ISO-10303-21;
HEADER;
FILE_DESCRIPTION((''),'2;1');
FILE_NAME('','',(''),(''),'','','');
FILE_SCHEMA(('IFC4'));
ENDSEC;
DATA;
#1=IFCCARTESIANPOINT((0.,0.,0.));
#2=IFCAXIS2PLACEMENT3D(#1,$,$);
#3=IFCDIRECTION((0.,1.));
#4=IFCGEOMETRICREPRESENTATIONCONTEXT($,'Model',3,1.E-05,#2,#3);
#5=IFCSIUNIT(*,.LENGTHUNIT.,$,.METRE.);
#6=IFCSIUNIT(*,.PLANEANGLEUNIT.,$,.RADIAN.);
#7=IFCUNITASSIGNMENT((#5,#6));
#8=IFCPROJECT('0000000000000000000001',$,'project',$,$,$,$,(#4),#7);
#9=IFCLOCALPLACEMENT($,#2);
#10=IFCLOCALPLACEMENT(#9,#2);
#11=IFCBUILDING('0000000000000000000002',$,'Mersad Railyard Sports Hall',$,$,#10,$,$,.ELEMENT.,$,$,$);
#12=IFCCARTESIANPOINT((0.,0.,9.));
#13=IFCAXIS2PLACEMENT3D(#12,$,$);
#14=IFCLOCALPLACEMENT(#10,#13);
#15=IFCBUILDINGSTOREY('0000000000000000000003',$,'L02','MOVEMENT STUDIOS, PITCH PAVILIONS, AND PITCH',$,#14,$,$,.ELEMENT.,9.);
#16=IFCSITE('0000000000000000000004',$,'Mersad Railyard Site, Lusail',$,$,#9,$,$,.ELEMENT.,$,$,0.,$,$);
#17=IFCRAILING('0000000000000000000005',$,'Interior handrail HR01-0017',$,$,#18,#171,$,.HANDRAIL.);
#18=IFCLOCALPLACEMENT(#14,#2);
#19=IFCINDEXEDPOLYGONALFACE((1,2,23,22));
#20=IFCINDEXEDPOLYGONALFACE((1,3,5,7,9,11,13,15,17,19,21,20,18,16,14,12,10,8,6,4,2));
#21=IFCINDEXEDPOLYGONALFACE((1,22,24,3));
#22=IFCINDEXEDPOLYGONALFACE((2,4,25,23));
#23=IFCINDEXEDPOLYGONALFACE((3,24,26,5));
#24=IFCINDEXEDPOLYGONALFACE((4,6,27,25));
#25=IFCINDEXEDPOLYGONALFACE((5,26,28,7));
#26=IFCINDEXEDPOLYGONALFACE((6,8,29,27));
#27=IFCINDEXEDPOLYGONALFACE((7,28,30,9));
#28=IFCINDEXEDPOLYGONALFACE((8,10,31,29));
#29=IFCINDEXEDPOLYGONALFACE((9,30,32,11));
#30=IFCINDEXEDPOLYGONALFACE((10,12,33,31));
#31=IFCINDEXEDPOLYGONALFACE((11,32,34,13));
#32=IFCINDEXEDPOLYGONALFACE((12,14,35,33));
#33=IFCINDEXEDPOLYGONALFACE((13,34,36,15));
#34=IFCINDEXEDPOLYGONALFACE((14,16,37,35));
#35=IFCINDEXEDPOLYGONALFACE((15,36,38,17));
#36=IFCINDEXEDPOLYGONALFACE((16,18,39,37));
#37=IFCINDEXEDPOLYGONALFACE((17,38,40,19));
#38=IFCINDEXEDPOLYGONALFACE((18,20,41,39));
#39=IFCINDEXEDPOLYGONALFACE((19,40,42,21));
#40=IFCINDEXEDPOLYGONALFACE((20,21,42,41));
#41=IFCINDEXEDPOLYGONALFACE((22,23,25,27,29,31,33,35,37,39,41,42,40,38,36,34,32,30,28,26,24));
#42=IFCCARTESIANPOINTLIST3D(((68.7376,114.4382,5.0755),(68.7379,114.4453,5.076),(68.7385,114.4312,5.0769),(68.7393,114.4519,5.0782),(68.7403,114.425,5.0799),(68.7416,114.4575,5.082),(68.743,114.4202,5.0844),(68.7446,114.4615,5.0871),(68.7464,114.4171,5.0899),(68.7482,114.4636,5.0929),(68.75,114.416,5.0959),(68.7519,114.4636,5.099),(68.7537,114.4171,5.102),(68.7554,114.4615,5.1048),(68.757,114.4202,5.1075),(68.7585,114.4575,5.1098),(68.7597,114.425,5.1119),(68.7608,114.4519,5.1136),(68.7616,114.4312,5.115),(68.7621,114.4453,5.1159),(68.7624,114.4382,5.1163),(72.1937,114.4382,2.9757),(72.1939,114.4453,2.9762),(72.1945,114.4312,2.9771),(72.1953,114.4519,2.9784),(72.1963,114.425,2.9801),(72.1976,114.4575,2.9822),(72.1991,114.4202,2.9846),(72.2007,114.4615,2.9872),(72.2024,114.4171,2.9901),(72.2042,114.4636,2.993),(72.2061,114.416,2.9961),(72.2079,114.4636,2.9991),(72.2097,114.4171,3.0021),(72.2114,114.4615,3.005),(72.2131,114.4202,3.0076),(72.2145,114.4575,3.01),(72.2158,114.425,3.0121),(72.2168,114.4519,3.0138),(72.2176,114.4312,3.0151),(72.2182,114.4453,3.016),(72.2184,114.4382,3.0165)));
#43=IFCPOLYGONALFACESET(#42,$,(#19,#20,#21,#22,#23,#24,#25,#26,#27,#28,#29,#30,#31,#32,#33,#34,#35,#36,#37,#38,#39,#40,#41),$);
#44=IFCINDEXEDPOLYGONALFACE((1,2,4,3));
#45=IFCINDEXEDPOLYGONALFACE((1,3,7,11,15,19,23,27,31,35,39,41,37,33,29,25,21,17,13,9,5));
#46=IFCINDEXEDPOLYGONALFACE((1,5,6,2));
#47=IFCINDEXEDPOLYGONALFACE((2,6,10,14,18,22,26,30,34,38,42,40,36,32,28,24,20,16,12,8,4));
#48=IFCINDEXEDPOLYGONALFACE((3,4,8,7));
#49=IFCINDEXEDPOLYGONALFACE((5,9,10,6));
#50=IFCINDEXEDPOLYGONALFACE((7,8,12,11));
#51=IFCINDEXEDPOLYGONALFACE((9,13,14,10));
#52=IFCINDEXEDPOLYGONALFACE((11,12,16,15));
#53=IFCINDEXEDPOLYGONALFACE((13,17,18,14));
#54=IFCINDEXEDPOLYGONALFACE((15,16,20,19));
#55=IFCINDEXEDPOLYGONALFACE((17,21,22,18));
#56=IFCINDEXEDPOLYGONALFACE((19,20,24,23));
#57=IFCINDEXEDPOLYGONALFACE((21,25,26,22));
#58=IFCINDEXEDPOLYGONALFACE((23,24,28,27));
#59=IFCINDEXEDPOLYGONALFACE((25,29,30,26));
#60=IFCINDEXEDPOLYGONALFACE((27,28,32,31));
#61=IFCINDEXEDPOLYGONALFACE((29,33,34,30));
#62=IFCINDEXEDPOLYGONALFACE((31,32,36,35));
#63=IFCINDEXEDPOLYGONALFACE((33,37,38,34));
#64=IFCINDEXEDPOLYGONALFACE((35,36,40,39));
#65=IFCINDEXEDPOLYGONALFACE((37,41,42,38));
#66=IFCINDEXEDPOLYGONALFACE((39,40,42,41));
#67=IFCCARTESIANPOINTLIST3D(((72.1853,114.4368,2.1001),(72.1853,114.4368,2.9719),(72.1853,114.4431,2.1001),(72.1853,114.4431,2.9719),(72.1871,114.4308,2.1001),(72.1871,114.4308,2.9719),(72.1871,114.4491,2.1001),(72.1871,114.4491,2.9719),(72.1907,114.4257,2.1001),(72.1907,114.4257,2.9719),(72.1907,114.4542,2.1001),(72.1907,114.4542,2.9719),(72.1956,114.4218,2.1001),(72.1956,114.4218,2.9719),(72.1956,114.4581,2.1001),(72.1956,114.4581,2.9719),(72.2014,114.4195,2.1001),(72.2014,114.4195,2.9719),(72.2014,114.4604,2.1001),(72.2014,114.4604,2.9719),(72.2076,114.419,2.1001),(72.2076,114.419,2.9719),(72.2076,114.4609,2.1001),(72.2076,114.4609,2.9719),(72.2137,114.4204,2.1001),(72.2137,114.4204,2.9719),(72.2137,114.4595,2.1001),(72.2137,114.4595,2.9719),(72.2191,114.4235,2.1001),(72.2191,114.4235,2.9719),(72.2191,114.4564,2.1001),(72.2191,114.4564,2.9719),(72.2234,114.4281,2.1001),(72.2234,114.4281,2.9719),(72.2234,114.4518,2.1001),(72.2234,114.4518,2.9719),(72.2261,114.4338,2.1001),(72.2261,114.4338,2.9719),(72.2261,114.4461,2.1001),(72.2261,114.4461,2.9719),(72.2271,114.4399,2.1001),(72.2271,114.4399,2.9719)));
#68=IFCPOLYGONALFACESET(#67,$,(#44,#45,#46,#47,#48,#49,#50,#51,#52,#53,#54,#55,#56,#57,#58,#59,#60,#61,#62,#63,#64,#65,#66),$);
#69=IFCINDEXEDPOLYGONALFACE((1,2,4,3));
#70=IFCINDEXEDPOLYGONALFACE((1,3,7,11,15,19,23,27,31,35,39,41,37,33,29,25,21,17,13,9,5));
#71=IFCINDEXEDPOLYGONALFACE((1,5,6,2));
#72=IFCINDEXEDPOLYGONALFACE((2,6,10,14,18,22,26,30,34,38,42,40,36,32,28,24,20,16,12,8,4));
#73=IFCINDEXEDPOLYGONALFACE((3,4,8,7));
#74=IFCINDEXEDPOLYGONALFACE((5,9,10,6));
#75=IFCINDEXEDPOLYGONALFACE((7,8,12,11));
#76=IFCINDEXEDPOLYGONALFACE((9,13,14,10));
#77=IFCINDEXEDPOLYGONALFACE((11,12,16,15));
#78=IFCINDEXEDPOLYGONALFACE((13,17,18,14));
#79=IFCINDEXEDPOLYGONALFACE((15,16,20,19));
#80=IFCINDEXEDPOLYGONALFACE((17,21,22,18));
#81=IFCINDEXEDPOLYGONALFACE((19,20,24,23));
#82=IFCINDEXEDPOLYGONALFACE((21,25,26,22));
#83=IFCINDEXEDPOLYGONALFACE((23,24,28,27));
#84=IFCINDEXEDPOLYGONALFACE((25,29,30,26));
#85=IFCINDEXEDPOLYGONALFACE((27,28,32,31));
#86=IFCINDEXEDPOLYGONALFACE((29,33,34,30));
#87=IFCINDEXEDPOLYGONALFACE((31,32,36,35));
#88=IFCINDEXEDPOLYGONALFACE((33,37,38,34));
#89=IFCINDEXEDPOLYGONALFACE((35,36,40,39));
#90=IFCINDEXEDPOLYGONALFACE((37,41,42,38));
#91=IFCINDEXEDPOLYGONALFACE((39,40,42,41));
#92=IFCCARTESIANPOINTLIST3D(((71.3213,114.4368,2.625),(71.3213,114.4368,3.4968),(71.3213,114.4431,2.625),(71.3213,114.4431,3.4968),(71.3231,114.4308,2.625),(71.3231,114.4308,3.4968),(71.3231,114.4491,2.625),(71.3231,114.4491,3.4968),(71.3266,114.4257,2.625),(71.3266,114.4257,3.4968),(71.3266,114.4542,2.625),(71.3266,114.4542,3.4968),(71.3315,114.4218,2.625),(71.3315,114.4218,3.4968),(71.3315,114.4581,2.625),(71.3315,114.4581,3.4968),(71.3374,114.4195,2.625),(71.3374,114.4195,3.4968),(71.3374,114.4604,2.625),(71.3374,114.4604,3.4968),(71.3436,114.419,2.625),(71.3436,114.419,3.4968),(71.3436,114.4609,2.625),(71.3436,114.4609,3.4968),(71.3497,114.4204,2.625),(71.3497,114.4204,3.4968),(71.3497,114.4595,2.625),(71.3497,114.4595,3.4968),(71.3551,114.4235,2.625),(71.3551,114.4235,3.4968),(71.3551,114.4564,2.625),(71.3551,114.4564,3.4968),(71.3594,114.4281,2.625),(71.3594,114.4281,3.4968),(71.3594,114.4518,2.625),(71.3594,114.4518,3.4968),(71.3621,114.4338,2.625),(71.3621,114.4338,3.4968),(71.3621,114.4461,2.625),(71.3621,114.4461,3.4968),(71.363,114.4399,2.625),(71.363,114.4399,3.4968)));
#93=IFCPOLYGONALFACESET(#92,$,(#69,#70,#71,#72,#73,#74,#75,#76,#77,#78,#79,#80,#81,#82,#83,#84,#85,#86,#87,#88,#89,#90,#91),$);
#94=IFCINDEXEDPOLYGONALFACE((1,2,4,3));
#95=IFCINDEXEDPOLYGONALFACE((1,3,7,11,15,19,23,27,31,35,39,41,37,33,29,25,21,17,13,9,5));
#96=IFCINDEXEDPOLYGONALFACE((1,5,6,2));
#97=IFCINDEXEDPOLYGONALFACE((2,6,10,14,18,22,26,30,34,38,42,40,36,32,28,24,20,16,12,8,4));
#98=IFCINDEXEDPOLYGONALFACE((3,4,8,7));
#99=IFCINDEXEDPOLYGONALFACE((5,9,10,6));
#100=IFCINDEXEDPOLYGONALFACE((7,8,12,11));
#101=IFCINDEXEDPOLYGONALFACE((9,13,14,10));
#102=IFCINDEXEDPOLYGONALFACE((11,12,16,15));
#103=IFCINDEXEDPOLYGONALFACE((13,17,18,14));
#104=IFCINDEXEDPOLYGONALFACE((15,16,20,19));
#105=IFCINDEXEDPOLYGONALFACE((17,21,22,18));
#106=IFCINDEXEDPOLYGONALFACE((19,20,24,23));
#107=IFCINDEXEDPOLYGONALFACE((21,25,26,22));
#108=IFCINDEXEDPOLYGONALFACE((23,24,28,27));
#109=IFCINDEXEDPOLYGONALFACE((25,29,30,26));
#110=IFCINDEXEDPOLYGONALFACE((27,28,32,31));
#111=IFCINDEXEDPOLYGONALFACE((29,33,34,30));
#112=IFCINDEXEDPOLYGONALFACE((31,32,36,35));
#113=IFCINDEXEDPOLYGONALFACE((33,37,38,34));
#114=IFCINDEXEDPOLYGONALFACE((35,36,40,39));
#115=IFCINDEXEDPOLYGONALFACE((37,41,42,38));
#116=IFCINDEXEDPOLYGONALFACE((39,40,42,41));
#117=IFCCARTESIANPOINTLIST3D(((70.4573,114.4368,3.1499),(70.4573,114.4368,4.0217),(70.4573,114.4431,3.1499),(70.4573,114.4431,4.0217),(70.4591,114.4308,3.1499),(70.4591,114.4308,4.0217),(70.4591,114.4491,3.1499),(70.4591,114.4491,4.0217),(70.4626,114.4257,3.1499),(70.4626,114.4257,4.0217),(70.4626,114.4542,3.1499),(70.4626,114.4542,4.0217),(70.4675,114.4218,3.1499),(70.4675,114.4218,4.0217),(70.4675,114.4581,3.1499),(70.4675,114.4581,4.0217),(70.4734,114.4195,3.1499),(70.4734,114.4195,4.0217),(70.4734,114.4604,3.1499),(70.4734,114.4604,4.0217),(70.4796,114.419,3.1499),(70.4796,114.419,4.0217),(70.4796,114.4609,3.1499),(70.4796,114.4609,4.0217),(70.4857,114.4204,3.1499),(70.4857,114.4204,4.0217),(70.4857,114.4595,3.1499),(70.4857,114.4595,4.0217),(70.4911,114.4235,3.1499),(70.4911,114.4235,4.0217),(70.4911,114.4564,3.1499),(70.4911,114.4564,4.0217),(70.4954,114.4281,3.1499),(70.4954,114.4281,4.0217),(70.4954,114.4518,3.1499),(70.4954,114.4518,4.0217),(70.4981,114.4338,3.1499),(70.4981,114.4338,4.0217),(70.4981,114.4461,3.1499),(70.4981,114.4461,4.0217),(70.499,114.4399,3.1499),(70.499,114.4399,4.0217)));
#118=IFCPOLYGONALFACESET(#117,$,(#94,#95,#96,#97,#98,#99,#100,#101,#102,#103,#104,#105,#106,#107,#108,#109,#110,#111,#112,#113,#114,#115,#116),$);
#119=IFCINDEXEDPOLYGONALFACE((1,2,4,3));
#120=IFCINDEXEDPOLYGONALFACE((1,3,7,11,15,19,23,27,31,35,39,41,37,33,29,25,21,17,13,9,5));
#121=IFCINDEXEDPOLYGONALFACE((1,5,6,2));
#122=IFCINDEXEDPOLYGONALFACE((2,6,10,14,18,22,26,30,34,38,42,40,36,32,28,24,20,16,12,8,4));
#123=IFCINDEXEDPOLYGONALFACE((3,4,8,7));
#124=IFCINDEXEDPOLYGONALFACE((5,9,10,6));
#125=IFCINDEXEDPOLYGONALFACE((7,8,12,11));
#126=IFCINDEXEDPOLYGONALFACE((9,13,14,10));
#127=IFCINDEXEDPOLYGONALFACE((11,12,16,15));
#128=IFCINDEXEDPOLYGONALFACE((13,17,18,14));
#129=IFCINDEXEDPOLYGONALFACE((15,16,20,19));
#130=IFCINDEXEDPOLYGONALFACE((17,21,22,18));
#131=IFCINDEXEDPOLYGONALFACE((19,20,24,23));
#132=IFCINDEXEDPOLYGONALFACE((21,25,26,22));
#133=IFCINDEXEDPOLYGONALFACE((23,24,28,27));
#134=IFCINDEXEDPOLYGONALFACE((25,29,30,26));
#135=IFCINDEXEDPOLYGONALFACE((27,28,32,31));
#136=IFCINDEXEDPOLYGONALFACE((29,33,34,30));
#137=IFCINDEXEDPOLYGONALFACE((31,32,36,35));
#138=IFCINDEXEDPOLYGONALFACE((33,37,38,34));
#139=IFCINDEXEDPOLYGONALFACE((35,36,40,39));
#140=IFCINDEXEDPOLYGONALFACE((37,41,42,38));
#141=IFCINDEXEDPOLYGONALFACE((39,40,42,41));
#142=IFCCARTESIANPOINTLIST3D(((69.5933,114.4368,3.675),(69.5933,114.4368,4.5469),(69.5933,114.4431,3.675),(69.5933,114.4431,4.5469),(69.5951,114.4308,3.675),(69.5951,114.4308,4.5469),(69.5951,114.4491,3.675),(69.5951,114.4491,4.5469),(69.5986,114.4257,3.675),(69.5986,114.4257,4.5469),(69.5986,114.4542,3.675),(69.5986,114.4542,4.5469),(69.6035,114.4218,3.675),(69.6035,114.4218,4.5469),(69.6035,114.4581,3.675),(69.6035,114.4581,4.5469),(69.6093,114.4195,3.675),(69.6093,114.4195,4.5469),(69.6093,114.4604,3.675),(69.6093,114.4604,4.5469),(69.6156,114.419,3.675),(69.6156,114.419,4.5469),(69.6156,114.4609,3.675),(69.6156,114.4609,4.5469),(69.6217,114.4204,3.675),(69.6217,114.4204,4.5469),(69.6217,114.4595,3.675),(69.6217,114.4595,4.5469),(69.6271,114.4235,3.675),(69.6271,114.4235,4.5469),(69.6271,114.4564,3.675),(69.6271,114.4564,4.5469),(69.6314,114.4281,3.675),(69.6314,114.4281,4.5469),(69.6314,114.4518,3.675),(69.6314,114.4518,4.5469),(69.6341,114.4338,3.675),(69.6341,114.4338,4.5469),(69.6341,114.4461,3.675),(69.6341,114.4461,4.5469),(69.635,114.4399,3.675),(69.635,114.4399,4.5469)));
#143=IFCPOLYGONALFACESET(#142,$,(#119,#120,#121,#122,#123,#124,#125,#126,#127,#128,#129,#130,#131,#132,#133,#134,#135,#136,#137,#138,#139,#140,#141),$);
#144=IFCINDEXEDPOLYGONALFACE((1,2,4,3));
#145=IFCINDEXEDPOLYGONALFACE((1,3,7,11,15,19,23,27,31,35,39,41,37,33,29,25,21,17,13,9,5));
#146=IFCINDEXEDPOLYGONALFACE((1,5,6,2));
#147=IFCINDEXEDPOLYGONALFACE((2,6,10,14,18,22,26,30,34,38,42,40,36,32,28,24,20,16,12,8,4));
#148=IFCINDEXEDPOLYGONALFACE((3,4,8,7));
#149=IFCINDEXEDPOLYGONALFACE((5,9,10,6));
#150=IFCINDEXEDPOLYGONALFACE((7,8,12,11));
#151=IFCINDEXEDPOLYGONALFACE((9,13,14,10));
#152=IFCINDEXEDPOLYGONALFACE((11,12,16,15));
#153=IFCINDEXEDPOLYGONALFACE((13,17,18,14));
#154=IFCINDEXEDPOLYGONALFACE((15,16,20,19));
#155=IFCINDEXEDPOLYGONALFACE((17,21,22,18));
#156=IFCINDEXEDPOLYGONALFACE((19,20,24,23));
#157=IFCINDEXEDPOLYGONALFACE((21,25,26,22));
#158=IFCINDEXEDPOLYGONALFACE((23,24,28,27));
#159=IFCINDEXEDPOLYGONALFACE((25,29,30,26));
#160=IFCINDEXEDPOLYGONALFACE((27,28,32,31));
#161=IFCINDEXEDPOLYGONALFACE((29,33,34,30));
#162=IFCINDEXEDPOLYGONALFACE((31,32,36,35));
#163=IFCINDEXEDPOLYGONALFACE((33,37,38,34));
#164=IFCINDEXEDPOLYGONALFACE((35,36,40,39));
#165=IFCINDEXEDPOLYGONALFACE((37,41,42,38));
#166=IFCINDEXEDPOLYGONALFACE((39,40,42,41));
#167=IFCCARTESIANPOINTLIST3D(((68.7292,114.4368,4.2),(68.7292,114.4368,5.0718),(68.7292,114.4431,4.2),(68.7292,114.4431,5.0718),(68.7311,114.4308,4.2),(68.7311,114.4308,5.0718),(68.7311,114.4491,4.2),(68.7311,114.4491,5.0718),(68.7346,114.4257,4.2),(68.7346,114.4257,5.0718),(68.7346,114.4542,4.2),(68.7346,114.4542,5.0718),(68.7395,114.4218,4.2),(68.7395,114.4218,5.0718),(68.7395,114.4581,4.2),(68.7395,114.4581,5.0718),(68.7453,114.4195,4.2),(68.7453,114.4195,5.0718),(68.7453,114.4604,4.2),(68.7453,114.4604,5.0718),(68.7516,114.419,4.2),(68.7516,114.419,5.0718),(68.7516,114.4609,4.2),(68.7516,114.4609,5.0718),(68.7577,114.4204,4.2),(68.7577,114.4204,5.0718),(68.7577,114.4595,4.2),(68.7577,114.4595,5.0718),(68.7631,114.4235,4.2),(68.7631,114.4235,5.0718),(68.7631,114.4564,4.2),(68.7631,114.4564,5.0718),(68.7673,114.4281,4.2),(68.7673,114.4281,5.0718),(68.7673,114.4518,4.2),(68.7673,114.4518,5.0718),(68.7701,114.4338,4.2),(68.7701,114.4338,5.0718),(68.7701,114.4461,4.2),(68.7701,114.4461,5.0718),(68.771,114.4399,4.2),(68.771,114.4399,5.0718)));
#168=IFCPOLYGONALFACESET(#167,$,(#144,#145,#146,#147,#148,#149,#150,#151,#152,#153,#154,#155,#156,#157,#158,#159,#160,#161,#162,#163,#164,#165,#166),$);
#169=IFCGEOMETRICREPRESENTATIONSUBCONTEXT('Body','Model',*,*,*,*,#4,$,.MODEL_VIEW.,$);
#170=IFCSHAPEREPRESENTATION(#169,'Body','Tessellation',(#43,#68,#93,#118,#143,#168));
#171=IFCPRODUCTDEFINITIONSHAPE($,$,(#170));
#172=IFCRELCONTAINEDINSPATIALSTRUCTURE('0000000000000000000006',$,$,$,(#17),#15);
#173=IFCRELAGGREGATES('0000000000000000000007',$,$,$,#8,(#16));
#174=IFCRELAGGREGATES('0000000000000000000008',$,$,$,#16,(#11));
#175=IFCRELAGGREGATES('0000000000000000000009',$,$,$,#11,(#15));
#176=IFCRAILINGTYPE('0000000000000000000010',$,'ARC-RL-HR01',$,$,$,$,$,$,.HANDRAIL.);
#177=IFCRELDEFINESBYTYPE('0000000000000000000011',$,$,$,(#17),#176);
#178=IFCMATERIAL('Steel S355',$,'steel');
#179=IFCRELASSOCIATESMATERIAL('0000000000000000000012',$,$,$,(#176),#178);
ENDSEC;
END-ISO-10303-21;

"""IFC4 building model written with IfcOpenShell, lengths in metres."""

from ifc_helpers import new_model, si_unit, direction, frame, origin, origin_2d, place, context, subcontext, project, spatial, circle, extrude, material, type_object, element, save


model = new_model("IFC4")

# Units and contexts
model_context = context("Model", 3, precision=1e-05, world=origin(), true_north=direction((0.0, 1.0)))
body_context = subcontext(model_context, "Body", "Model", "MODEL_VIEW")
ifc_project = project(units=[si_unit("LENGTHUNIT", "METRE"), si_unit("PLANEANGLEUNIT", "RADIAN")], contexts=[model_context])

# Site, building, storey
site_placement = place(None, origin())
site = spatial("IfcSite", under=ifc_project, at=site_placement, Name="Mersad Railyard Site, Lusail", CompositionType="ELEMENT", RefElevation=0.0)
building_placement = place(site_placement, origin())
building = spatial("IfcBuilding", under=site, at=building_placement, Name="Mersad Railyard Sports Hall", CompositionType="ELEMENT")
storey_placement = place(building_placement, frame((0.0, 0.0, 9.0)))
storey = spatial("IfcBuildingStorey", under=building, at=storey_placement, Name="L02", Description="MOVEMENT STUDIOS, PITCH PAVILIONS, AND PITCH", CompositionType="ELEMENT", Elevation=9.0)

# Shared definitions
ifc_material_1 = material(Name="Steel S355", Category="steel")

# Railing
railing_type_1 = type_object("IfcRailingType", Name="ARC-RL-HR01", PredefinedType="HANDRAIL", material=ifc_material_1)
railing_1_placement = place(storey_placement, frame((72.2061, 114.4399, 2.1001)))
element("IfcRailing", 1, at=railing_1_placement, inside=storey, type_object=railing_type_1, Name="Interior handrail HR01-0017", PredefinedType="HANDRAIL", context=body_context, shape_type="SweptSolid", body=[
    extrude(circle(Radius=0.0239, at=origin_2d()), frame((0.0, 0.0, 0.896), z_axis=(-0.854619, 0.0, 0.519255), x_axis=(0.0, -1.0, 0.0)), (0.0, 0.0, 1.0), 4.0439),
    extrude(circle(Radius=0.021, at=origin_2d()), origin(), (0.0, 0.0, 1.0), 0.8718),
    extrude(circle(Radius=0.021, at=origin_2d()), frame((-0.864, 0.0, 0.5249)), (0.0, 0.0, 1.0), 0.8718),
    extrude(circle(Radius=0.021, at=origin_2d()), frame((-1.728, 0.0, 1.0498)), (0.0, 0.0, 1.0), 0.8718),
    extrude(circle(Radius=0.021, at=origin_2d()), frame((-2.592, 0.0, 1.575)), (0.0, 0.0, 1.0), 0.8718),
    extrude(circle(Radius=0.021, at=origin_2d()), frame((-3.4561, 0.0, 2.0999)), (0.0, 0.0, 1.0), 0.8718),
])

save(model, "model.ifc")
